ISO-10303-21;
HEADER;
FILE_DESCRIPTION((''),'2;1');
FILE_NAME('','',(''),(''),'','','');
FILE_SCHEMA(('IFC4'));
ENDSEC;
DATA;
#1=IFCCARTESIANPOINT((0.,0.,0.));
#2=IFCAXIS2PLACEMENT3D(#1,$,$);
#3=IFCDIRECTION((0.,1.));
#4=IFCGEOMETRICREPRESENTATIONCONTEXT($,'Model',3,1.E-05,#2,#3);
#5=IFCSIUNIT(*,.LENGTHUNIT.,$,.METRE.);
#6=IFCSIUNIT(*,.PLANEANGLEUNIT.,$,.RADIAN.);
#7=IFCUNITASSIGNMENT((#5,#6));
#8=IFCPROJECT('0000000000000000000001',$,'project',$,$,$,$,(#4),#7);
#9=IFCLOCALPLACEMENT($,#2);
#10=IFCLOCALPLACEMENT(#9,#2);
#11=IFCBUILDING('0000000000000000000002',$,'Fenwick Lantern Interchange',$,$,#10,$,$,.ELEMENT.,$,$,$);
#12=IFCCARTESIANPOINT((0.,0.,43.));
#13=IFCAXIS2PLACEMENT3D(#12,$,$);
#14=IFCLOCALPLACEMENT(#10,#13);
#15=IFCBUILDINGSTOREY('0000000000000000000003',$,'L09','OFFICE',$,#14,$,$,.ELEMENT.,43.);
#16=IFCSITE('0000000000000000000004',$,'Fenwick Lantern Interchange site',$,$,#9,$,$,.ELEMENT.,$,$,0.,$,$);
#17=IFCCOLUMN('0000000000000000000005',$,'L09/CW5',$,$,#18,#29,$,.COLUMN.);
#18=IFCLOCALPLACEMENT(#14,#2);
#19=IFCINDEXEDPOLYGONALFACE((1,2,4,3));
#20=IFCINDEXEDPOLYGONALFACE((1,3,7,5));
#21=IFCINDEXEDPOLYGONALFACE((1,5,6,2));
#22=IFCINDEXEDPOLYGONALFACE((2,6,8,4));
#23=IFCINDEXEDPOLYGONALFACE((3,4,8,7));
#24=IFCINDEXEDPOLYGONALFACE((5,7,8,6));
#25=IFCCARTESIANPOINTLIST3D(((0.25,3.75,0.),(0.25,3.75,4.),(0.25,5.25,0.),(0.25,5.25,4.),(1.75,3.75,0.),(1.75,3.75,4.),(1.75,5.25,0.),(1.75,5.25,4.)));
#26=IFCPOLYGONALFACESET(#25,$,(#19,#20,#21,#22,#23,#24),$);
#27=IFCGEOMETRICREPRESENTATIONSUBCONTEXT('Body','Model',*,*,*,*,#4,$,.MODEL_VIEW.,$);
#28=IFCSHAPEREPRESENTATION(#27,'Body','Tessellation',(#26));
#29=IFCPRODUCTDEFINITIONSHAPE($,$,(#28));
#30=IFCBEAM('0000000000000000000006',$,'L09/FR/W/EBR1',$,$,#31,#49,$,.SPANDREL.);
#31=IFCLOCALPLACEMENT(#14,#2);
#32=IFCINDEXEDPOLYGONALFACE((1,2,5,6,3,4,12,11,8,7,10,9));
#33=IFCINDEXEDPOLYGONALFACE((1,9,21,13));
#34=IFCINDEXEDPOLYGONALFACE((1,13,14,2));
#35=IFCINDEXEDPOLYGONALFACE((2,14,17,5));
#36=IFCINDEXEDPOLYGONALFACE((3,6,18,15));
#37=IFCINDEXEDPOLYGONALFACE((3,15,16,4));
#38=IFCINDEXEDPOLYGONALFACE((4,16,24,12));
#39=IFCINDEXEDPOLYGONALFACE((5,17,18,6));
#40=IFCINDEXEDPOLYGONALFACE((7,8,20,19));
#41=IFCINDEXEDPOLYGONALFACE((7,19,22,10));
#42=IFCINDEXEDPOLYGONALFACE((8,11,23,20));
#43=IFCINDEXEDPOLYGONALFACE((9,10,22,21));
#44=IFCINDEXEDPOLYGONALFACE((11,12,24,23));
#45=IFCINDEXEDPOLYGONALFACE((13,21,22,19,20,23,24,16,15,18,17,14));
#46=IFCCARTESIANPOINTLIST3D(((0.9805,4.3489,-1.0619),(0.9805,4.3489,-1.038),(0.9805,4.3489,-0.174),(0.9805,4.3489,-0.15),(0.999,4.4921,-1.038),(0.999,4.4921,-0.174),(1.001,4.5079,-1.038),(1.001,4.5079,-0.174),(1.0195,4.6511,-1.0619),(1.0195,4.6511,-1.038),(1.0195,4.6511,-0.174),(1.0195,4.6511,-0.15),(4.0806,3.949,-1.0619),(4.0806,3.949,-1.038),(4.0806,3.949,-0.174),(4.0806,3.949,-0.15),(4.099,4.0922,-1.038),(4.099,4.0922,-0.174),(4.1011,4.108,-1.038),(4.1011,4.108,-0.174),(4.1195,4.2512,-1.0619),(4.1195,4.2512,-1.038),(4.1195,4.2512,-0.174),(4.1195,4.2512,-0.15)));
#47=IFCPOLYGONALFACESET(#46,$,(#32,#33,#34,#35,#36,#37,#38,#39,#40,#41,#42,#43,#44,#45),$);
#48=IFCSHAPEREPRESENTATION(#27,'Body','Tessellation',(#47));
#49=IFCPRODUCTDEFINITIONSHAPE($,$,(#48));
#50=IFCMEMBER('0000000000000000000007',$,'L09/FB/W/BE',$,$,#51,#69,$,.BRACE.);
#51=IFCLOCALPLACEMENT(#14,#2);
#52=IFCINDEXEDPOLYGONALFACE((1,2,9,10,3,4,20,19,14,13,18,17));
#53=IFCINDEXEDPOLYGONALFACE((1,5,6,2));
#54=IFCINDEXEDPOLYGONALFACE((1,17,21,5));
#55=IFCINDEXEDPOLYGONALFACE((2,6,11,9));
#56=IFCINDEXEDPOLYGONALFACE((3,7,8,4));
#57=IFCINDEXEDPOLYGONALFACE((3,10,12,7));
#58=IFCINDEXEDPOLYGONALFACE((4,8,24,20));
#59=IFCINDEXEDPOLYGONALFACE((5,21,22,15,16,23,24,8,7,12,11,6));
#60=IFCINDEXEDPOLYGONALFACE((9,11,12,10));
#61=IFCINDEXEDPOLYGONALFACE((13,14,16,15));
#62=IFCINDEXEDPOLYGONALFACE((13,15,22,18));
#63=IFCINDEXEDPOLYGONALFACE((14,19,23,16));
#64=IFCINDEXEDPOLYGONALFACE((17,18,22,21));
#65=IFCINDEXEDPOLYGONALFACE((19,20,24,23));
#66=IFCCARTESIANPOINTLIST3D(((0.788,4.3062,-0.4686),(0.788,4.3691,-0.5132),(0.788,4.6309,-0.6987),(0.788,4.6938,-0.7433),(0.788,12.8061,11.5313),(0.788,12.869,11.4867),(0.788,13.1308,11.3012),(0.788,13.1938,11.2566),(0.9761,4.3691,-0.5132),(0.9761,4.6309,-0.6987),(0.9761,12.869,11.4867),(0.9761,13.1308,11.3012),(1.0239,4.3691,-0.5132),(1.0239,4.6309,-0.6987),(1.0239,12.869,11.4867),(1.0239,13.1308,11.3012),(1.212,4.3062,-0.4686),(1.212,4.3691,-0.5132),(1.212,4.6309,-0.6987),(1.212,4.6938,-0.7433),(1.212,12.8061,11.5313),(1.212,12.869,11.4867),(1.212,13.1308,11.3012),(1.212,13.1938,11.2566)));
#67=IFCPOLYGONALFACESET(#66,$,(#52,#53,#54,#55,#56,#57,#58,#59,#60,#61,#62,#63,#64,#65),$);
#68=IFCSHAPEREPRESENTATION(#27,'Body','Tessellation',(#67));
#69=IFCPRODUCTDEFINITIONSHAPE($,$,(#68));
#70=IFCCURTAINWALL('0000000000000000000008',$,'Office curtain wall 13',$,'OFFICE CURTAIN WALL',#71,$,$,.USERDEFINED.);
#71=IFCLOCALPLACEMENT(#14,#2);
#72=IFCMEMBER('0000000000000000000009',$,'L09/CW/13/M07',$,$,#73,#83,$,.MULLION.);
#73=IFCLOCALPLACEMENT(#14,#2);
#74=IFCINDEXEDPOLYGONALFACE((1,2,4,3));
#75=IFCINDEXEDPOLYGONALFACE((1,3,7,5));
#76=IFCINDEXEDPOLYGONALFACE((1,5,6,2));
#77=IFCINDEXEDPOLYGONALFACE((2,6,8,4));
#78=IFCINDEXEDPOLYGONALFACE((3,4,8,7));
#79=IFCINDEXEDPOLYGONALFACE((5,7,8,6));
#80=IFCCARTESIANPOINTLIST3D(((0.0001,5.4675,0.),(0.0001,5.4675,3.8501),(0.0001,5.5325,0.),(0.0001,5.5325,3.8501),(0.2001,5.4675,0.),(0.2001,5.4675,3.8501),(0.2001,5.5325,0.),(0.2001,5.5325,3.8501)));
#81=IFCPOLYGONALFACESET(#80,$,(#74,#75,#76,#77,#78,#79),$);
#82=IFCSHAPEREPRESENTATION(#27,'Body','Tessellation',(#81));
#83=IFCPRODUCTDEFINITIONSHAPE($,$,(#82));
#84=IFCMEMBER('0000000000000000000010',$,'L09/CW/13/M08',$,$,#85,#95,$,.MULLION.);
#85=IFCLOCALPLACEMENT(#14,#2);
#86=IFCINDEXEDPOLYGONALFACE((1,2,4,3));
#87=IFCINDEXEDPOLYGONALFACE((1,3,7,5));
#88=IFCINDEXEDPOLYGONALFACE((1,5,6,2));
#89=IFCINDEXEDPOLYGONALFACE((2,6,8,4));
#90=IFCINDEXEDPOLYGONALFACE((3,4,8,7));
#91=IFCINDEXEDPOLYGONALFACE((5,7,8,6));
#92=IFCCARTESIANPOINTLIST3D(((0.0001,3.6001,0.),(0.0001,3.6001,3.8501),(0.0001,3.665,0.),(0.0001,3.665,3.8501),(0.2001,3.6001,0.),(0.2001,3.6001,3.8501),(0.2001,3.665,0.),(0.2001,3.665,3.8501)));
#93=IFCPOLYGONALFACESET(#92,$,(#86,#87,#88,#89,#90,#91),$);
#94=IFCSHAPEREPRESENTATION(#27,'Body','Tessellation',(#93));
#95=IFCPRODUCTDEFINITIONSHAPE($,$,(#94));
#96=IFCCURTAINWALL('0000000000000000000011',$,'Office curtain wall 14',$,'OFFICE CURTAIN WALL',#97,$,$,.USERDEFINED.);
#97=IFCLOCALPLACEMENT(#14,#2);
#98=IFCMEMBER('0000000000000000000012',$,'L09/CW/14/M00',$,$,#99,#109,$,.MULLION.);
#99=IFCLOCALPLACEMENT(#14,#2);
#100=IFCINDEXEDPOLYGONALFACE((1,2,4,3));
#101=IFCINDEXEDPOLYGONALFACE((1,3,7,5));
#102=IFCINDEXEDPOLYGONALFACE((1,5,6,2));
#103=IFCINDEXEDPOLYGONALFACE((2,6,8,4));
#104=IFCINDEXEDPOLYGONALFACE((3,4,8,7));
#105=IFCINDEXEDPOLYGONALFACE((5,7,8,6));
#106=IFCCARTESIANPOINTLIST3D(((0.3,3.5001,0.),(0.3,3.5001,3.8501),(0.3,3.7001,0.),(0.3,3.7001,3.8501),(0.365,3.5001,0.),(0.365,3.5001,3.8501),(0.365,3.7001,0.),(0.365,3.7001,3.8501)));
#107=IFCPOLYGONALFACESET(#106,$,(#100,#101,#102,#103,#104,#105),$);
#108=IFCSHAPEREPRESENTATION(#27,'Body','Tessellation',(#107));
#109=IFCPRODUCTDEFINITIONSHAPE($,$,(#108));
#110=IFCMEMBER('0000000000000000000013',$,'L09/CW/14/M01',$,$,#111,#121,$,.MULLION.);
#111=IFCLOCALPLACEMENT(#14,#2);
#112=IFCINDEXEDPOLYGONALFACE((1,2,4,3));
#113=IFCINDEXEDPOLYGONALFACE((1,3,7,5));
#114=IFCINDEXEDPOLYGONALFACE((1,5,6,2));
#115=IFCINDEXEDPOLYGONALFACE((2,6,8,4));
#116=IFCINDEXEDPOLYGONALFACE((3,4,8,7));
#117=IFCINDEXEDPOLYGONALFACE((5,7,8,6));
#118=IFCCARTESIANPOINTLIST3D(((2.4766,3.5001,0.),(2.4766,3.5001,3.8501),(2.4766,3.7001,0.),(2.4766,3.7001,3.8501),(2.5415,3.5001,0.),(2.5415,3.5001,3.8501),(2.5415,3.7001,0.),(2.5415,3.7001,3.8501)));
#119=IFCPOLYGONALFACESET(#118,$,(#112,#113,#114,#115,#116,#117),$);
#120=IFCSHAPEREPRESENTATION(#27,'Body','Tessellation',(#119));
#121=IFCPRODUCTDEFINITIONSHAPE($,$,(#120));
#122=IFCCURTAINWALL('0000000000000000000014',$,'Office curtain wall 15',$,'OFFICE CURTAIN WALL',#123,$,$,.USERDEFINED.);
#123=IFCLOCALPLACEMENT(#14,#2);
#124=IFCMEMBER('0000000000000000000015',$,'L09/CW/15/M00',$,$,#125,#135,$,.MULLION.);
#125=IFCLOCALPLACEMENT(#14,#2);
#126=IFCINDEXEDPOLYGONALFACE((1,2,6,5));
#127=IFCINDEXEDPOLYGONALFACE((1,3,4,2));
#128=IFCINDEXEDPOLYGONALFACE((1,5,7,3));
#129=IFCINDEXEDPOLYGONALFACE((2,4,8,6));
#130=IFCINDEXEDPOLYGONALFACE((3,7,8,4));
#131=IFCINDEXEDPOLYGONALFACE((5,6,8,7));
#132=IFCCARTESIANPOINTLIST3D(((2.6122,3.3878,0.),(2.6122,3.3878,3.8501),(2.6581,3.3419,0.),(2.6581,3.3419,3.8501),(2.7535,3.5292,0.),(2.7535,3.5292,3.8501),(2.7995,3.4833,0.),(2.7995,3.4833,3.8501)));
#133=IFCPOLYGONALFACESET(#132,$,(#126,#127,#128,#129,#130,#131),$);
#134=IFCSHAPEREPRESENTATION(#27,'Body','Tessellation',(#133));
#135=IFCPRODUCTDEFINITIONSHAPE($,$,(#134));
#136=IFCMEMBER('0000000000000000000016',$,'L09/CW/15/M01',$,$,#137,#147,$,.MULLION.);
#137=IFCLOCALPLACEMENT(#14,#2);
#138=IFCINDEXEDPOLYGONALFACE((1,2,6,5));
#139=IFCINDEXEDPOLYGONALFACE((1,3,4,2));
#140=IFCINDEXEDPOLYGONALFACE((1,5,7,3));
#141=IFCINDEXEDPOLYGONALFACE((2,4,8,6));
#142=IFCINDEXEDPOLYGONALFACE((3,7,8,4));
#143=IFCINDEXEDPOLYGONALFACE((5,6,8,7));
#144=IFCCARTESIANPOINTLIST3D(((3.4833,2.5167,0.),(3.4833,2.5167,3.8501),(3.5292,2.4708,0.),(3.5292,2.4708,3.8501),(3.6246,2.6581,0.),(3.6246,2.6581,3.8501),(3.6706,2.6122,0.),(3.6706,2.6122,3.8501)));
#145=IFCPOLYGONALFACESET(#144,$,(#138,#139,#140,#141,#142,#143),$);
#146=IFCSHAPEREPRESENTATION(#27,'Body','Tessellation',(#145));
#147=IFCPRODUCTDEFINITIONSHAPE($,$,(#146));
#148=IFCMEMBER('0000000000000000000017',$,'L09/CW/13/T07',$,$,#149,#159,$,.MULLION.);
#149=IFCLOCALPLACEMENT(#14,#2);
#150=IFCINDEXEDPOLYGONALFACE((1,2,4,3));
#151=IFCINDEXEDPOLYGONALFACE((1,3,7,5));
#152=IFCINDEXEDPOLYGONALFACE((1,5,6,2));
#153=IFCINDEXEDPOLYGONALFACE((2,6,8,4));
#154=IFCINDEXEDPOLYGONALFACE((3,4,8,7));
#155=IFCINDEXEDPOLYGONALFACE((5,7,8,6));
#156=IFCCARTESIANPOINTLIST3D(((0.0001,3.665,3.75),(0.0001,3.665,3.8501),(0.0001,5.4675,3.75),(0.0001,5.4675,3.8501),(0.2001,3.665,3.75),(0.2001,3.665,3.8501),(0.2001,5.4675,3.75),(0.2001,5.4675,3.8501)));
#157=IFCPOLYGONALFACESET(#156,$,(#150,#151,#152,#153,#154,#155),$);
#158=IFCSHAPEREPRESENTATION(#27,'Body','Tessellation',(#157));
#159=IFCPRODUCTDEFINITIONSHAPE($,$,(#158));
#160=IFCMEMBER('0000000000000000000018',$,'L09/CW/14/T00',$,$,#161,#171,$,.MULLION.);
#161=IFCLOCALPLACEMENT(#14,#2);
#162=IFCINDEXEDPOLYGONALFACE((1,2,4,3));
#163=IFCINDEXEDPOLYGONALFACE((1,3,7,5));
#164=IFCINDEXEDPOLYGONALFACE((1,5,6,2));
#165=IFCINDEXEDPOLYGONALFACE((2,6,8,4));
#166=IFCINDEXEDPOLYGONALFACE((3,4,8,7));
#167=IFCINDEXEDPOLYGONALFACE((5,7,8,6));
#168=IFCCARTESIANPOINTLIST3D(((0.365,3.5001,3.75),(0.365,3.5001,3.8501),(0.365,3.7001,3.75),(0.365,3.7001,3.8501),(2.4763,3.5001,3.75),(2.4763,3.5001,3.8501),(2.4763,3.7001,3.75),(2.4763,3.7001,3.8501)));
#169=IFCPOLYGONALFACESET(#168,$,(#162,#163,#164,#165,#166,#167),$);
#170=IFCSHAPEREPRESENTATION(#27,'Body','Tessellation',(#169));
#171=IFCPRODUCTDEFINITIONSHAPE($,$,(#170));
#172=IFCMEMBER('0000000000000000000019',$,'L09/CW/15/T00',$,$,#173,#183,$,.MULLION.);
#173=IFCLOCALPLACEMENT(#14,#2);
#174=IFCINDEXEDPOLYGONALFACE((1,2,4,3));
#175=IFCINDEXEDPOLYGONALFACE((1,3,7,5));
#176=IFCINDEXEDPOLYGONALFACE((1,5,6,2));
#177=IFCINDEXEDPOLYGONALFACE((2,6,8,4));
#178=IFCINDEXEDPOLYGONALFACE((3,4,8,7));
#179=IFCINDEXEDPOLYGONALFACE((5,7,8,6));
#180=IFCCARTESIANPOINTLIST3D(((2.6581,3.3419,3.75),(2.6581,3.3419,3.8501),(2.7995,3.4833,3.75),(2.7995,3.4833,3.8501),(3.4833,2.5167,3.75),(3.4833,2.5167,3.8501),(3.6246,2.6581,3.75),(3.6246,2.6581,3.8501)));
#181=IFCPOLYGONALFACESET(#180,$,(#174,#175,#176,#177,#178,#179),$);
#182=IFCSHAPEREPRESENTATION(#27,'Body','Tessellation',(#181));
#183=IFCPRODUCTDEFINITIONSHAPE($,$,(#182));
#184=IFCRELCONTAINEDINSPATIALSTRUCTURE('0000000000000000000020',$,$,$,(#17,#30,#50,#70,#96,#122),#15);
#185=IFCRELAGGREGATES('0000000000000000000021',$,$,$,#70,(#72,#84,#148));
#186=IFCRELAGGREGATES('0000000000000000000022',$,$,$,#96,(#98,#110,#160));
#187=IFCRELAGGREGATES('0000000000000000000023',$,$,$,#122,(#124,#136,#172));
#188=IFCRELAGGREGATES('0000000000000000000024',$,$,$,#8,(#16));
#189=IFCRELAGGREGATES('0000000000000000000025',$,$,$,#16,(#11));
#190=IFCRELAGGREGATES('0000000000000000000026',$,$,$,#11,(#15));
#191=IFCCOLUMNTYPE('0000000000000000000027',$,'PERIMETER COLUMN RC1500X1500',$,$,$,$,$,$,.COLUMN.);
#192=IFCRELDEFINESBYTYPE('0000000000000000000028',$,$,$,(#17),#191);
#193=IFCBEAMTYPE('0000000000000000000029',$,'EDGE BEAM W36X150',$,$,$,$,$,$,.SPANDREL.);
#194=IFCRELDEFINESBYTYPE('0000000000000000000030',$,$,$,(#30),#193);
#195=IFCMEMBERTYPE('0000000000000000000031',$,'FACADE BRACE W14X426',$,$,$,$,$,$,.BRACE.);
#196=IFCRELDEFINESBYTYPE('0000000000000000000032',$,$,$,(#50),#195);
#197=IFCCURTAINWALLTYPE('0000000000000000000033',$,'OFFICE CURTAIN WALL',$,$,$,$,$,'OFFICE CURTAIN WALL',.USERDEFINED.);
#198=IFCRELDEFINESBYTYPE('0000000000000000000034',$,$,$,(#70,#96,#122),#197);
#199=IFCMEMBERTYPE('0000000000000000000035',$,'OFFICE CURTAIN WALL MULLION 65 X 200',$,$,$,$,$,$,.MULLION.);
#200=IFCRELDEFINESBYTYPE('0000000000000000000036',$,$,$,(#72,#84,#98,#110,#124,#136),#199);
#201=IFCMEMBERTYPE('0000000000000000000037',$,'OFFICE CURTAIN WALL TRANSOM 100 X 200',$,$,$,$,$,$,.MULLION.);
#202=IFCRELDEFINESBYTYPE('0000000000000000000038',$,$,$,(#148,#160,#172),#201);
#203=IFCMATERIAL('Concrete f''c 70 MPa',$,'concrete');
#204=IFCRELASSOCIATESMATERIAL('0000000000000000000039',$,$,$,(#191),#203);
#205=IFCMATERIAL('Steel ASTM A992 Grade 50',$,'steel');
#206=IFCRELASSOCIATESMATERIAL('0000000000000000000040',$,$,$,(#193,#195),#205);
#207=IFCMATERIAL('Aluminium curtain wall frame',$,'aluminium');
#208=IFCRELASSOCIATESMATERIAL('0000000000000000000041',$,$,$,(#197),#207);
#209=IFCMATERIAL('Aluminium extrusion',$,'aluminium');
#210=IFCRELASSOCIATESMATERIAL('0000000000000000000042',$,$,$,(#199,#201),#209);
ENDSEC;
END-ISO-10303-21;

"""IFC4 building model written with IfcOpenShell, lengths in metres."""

from ifc_helpers import new_model, si_unit, direction, frame, origin, origin_2d, place, context, subcontext, project, spatial, rectangle, i_section, extrude, material, material_profile, profile_set, type_object, element, aggregate, save


model = new_model("IFC4")

# Units and contexts
model_context = context("Model", 3, precision=1e-05, world=origin(), true_north=direction((0.0, 1.0)))
body_context = subcontext(model_context, "Body", "Model", "MODEL_VIEW")
ifc_project = project(units=[si_unit("LENGTHUNIT", "METRE"), si_unit("PLANEANGLEUNIT", "RADIAN")], contexts=[model_context])

# Site, building, storey
site_placement = place(None, origin())
site = spatial("IfcSite", under=ifc_project, at=site_placement, Name="Fenwick Lantern Interchange site", CompositionType="ELEMENT", RefElevation=0.0)
building_placement = place(site_placement, origin())
building = spatial("IfcBuilding", under=site, at=building_placement, Name="Fenwick Lantern Interchange", CompositionType="ELEMENT")
storey_placement = place(building_placement, frame((0.0, 0.0, 43.0)))
storey = spatial("IfcBuildingStorey", under=building, at=storey_placement, Name="L09", Description="OFFICE", CompositionType="ELEMENT", Elevation=43.0)

# Column
ifc_material_1 = material(Name="Concrete f'c 70 MPa", Category="concrete")
ifc_material_profile_1 = material_profile(ifc_material_1, rectangle(XDim=1.5, YDim=1.5, at=origin_2d()), Name="RC1500X1500")
ifc_profile_set_1 = profile_set([ifc_material_profile_1], Name="Concrete f'c 70 MPa")
column_type = type_object("IfcColumnType", Name="PERIMETER COLUMN RC1500X1500", PredefinedType="COLUMN", material=ifc_profile_set_1)
column_placement = place(storey_placement, frame((1.0, 4.5, 0.0), z_axis=(0.0, 0.0, 1.0), x_axis=(1.0, 0.0, 0.0)))
element("IfcColumn", 1, at=column_placement, inside=storey, type_object=column_type, Name="L09/CW5", PredefinedType="COLUMN", context=body_context, shape_type="SweptSolid", body=[
    extrude(rectangle(XDim=1.5, YDim=1.5, at=origin_2d()), origin(), (0.0, 0.0, 1.0), 4.0),
])

# Beam
ifc_material_2 = material(Name="Steel ASTM A992 Grade 50", Category="steel")
ifc_material_profile_2 = material_profile(ifc_material_2, i_section(OverallWidth=0.3047, OverallDepth=0.9119, WebThickness=0.0159, FlangeThickness=0.0239, at=origin_2d()), Name="W36X150")
ifc_profile_set_2 = profile_set([ifc_material_profile_2], Name="Steel ASTM A992 Grade 50")
beam_type = type_object("IfcBeamType", Name="EDGE BEAM W36X150", PredefinedType="SPANDREL", material=ifc_profile_set_2)
beam_placement = place(storey_placement, frame((1.0, 4.5, -0.606), z_axis=(0.991782, -0.127937, 0.0), x_axis=(0.127937, 0.991782, 0.0)))
element("IfcBeam", 2, at=beam_placement, inside=storey, type_object=beam_type, Name="L09/FR/W/EBR1", PredefinedType="SPANDREL", context=body_context, shape_type="SweptSolid", body=[
    extrude(i_section(OverallWidth=0.3047, OverallDepth=0.9119, WebThickness=0.0159, FlangeThickness=0.0239, at=origin_2d()), origin(), (0.0, 0.0, 1.0), 3.1257),
])

# Member
ifc_material_profile_3 = material_profile(ifc_material_2, i_section(OverallWidth=0.4241, OverallDepth=0.4751, WebThickness=0.0479, FlangeThickness=0.0771, at=origin_2d()), Name="W14X426")
ifc_profile_set_3 = profile_set([ifc_material_profile_3], Name="Steel ASTM A992 Grade 50")
member_type_1 = type_object("IfcMemberType", Name="FACADE BRACE W14X426", PredefinedType="BRACE", material=ifc_profile_set_3)
member_1_placement = place(storey_placement, frame((1.0, 4.5, -0.606), z_axis=(0.0, 0.578017, 0.816024), x_axis=(-1.0, 0.0, 0.0)))
element("IfcMember", 3, at=member_1_placement, inside=storey, type_object=member_type_1, Name="L09/FB/W/BE", PredefinedType="BRACE", context=body_context, shape_type="SweptSolid", body=[
    extrude(i_section(OverallWidth=0.4241, OverallDepth=0.4751, WebThickness=0.0479, FlangeThickness=0.0771, at=origin_2d()), origin(), (0.0, 0.0, 1.0), 14.7053),
])

# Curtain walls, members
ifc_material_3 = material(Name="Aluminium curtain wall frame", Category="aluminium")
curtain_wall_type = type_object("IfcCurtainWallType", Name="OFFICE CURTAIN WALL", ElementType="OFFICE CURTAIN WALL", PredefinedType="USERDEFINED", material=ifc_material_3)
curtain_wall_1_placement = place(storey_placement, origin())
curtain_wall_1 = element("IfcCurtainWall", 4, at=curtain_wall_1_placement, inside=storey, type_object=curtain_wall_type, Name="Office curtain wall 13", ObjectType="OFFICE CURTAIN WALL", PredefinedType="USERDEFINED")
ifc_material_4 = material(Name="Aluminium extrusion", Category="aluminium")
ifc_material_profile_4 = material_profile(ifc_material_4, rectangle(XDim=0.2, YDim=0.0649, at=origin_2d()), Name="OFFICE CURTAIN WALL MULLION 65 X 200")
ifc_profile_set_4 = profile_set([ifc_material_profile_4], Name="Aluminium extrusion")
member_type_2 = type_object("IfcMemberType", Name="OFFICE CURTAIN WALL MULLION 65 X 200", PredefinedType="MULLION", material=ifc_profile_set_4)
member_2_placement = place(storey_placement, frame((0.1001, 5.5, 0.0), z_axis=(0.0, 0.0, 1.0), x_axis=(1.0, 0.0, 0.0)))
member_2 = element("IfcMember", 5, at=member_2_placement, type_object=member_type_2, Name="L09/CW/13/M07", PredefinedType="MULLION", context=body_context, shape_type="SweptSolid", body=[
    extrude(rectangle(XDim=0.2, YDim=0.0649, at=origin_2d()), origin(), (0.0, 0.0, 1.0), 3.8501),
])
member_3_placement = place(storey_placement, frame((0.1001, 3.6326, 0.0), z_axis=(0.0, 0.0, 1.0), x_axis=(1.0, 0.0, 0.0)))
member_3 = element("IfcMember", 6, at=member_3_placement, type_object=member_type_2, Name="L09/CW/13/M08", PredefinedType="MULLION", context=body_context, shape_type="SweptSolid", body=[
    extrude(rectangle(XDim=0.2, YDim=0.0649, at=origin_2d()), origin(), (0.0, 0.0, 1.0), 3.8501),
])
curtain_wall_2_placement = place(storey_placement, origin())
curtain_wall_2 = element("IfcCurtainWall", 7, at=curtain_wall_2_placement, inside=storey, type_object=curtain_wall_type, Name="Office curtain wall 14", ObjectType="OFFICE CURTAIN WALL", PredefinedType="USERDEFINED")
member_4_placement = place(storey_placement, frame((0.3325, 3.6001, 0.0), z_axis=(0.0, 0.0, 1.0), x_axis=(0.0, 1.0, 0.0)))
member_4 = element("IfcMember", 8, at=member_4_placement, type_object=member_type_2, Name="L09/CW/14/M00", PredefinedType="MULLION", context=body_context, shape_type="SweptSolid", body=[
    extrude(rectangle(XDim=0.2, YDim=0.0649, at=origin_2d()), origin(), (0.0, 0.0, 1.0), 3.8501),
])
member_5_placement = place(storey_placement, frame((2.509, 3.6001, 0.0), z_axis=(0.0, 0.0, 1.0), x_axis=(0.0, 1.0, 0.0)))
member_5 = element("IfcMember", 9, at=member_5_placement, type_object=member_type_2, Name="L09/CW/14/M01", PredefinedType="MULLION", context=body_context, shape_type="SweptSolid", body=[
    extrude(rectangle(XDim=0.2, YDim=0.0649, at=origin_2d()), origin(), (0.0, 0.0, 1.0), 3.8501),
])
curtain_wall_3_placement = place(storey_placement, origin())
curtain_wall_3 = element("IfcCurtainWall", 10, at=curtain_wall_3_placement, inside=storey, type_object=curtain_wall_type, Name="Office curtain wall 15", ObjectType="OFFICE CURTAIN WALL", PredefinedType="USERDEFINED")
member_6_placement = place(storey_placement, frame((2.7058, 3.4355, 0.0), z_axis=(0.0, 0.0, 1.0), x_axis=(0.707107, 0.707107, 0.0)))
member_6 = element("IfcMember", 11, at=member_6_placement, type_object=member_type_2, Name="L09/CW/15/M00", PredefinedType="MULLION", context=body_context, shape_type="SweptSolid", body=[
    extrude(rectangle(XDim=0.2, YDim=0.0649, at=origin_2d()), origin(), (0.0, 0.0, 1.0), 3.8501),
])
member_7_placement = place(storey_placement, frame((3.5769, 2.5645, 0.0), z_axis=(0.0, 0.0, 1.0), x_axis=(0.707107, 0.707107, 0.0)))
member_7 = element("IfcMember", 12, at=member_7_placement, type_object=member_type_2, Name="L09/CW/15/M01", PredefinedType="MULLION", context=body_context, shape_type="SweptSolid", body=[
    extrude(rectangle(XDim=0.2, YDim=0.0649, at=origin_2d()), origin(), (0.0, 0.0, 1.0), 3.8501),
])

# Members
ifc_material_profile_5 = material_profile(ifc_material_4, rectangle(XDim=0.2, YDim=0.1001, at=origin_2d()), Name="OFFICE CURTAIN WALL TRANSOM 100 X 200")
ifc_profile_set_5 = profile_set([ifc_material_profile_5], Name="Aluminium extrusion")
member_type_3 = type_object("IfcMemberType", Name="OFFICE CURTAIN WALL TRANSOM 100 X 200", PredefinedType="MULLION", material=ifc_profile_set_5)
member_8_placement = place(storey_placement, frame((0.1001, 5.4675, 3.8), z_axis=(0.0, -1.0, 0.0), x_axis=(1.0, 0.0, 0.0)))
member_8 = element("IfcMember", 13, at=member_8_placement, type_object=member_type_3, Name="L09/CW/13/T07", PredefinedType="MULLION", context=body_context, shape_type="SweptSolid", body=[
    extrude(rectangle(XDim=0.2, YDim=0.1001, at=origin_2d()), origin(), (0.0, 0.0, 1.0), 1.8025),
])
aggregate(curtain_wall_1, [member_2, member_3, member_8])
member_9_placement = place(storey_placement, frame((0.365, 3.6001, 3.8), z_axis=(1.0, 0.0, 0.0), x_axis=(0.0, 1.0, 0.0)))
member_9 = element("IfcMember", 14, at=member_9_placement, type_object=member_type_3, Name="L09/CW/14/T00", PredefinedType="MULLION", context=body_context, shape_type="SweptSolid", body=[
    extrude(rectangle(XDim=0.2, YDim=0.1001, at=origin_2d()), origin(), (0.0, 0.0, 1.0), 2.1113),
])
aggregate(curtain_wall_2, [member_4, member_5, member_9])
member_10_placement = place(storey_placement, frame((2.7288, 3.4126, 3.8), z_axis=(0.707107, -0.707107, 0.0), x_axis=(0.707107, 0.707107, 0.0)))
member_10 = element("IfcMember", 15, at=member_10_placement, type_object=member_type_3, Name="L09/CW/15/T00", PredefinedType="MULLION", context=body_context, shape_type="SweptSolid", body=[
    extrude(rectangle(XDim=0.2, YDim=0.1001, at=origin_2d()), origin(), (0.0, 0.0, 1.0), 1.167),
])
aggregate(curtain_wall_3, [member_6, member_7, member_10])

save(model, "model.ifc")
